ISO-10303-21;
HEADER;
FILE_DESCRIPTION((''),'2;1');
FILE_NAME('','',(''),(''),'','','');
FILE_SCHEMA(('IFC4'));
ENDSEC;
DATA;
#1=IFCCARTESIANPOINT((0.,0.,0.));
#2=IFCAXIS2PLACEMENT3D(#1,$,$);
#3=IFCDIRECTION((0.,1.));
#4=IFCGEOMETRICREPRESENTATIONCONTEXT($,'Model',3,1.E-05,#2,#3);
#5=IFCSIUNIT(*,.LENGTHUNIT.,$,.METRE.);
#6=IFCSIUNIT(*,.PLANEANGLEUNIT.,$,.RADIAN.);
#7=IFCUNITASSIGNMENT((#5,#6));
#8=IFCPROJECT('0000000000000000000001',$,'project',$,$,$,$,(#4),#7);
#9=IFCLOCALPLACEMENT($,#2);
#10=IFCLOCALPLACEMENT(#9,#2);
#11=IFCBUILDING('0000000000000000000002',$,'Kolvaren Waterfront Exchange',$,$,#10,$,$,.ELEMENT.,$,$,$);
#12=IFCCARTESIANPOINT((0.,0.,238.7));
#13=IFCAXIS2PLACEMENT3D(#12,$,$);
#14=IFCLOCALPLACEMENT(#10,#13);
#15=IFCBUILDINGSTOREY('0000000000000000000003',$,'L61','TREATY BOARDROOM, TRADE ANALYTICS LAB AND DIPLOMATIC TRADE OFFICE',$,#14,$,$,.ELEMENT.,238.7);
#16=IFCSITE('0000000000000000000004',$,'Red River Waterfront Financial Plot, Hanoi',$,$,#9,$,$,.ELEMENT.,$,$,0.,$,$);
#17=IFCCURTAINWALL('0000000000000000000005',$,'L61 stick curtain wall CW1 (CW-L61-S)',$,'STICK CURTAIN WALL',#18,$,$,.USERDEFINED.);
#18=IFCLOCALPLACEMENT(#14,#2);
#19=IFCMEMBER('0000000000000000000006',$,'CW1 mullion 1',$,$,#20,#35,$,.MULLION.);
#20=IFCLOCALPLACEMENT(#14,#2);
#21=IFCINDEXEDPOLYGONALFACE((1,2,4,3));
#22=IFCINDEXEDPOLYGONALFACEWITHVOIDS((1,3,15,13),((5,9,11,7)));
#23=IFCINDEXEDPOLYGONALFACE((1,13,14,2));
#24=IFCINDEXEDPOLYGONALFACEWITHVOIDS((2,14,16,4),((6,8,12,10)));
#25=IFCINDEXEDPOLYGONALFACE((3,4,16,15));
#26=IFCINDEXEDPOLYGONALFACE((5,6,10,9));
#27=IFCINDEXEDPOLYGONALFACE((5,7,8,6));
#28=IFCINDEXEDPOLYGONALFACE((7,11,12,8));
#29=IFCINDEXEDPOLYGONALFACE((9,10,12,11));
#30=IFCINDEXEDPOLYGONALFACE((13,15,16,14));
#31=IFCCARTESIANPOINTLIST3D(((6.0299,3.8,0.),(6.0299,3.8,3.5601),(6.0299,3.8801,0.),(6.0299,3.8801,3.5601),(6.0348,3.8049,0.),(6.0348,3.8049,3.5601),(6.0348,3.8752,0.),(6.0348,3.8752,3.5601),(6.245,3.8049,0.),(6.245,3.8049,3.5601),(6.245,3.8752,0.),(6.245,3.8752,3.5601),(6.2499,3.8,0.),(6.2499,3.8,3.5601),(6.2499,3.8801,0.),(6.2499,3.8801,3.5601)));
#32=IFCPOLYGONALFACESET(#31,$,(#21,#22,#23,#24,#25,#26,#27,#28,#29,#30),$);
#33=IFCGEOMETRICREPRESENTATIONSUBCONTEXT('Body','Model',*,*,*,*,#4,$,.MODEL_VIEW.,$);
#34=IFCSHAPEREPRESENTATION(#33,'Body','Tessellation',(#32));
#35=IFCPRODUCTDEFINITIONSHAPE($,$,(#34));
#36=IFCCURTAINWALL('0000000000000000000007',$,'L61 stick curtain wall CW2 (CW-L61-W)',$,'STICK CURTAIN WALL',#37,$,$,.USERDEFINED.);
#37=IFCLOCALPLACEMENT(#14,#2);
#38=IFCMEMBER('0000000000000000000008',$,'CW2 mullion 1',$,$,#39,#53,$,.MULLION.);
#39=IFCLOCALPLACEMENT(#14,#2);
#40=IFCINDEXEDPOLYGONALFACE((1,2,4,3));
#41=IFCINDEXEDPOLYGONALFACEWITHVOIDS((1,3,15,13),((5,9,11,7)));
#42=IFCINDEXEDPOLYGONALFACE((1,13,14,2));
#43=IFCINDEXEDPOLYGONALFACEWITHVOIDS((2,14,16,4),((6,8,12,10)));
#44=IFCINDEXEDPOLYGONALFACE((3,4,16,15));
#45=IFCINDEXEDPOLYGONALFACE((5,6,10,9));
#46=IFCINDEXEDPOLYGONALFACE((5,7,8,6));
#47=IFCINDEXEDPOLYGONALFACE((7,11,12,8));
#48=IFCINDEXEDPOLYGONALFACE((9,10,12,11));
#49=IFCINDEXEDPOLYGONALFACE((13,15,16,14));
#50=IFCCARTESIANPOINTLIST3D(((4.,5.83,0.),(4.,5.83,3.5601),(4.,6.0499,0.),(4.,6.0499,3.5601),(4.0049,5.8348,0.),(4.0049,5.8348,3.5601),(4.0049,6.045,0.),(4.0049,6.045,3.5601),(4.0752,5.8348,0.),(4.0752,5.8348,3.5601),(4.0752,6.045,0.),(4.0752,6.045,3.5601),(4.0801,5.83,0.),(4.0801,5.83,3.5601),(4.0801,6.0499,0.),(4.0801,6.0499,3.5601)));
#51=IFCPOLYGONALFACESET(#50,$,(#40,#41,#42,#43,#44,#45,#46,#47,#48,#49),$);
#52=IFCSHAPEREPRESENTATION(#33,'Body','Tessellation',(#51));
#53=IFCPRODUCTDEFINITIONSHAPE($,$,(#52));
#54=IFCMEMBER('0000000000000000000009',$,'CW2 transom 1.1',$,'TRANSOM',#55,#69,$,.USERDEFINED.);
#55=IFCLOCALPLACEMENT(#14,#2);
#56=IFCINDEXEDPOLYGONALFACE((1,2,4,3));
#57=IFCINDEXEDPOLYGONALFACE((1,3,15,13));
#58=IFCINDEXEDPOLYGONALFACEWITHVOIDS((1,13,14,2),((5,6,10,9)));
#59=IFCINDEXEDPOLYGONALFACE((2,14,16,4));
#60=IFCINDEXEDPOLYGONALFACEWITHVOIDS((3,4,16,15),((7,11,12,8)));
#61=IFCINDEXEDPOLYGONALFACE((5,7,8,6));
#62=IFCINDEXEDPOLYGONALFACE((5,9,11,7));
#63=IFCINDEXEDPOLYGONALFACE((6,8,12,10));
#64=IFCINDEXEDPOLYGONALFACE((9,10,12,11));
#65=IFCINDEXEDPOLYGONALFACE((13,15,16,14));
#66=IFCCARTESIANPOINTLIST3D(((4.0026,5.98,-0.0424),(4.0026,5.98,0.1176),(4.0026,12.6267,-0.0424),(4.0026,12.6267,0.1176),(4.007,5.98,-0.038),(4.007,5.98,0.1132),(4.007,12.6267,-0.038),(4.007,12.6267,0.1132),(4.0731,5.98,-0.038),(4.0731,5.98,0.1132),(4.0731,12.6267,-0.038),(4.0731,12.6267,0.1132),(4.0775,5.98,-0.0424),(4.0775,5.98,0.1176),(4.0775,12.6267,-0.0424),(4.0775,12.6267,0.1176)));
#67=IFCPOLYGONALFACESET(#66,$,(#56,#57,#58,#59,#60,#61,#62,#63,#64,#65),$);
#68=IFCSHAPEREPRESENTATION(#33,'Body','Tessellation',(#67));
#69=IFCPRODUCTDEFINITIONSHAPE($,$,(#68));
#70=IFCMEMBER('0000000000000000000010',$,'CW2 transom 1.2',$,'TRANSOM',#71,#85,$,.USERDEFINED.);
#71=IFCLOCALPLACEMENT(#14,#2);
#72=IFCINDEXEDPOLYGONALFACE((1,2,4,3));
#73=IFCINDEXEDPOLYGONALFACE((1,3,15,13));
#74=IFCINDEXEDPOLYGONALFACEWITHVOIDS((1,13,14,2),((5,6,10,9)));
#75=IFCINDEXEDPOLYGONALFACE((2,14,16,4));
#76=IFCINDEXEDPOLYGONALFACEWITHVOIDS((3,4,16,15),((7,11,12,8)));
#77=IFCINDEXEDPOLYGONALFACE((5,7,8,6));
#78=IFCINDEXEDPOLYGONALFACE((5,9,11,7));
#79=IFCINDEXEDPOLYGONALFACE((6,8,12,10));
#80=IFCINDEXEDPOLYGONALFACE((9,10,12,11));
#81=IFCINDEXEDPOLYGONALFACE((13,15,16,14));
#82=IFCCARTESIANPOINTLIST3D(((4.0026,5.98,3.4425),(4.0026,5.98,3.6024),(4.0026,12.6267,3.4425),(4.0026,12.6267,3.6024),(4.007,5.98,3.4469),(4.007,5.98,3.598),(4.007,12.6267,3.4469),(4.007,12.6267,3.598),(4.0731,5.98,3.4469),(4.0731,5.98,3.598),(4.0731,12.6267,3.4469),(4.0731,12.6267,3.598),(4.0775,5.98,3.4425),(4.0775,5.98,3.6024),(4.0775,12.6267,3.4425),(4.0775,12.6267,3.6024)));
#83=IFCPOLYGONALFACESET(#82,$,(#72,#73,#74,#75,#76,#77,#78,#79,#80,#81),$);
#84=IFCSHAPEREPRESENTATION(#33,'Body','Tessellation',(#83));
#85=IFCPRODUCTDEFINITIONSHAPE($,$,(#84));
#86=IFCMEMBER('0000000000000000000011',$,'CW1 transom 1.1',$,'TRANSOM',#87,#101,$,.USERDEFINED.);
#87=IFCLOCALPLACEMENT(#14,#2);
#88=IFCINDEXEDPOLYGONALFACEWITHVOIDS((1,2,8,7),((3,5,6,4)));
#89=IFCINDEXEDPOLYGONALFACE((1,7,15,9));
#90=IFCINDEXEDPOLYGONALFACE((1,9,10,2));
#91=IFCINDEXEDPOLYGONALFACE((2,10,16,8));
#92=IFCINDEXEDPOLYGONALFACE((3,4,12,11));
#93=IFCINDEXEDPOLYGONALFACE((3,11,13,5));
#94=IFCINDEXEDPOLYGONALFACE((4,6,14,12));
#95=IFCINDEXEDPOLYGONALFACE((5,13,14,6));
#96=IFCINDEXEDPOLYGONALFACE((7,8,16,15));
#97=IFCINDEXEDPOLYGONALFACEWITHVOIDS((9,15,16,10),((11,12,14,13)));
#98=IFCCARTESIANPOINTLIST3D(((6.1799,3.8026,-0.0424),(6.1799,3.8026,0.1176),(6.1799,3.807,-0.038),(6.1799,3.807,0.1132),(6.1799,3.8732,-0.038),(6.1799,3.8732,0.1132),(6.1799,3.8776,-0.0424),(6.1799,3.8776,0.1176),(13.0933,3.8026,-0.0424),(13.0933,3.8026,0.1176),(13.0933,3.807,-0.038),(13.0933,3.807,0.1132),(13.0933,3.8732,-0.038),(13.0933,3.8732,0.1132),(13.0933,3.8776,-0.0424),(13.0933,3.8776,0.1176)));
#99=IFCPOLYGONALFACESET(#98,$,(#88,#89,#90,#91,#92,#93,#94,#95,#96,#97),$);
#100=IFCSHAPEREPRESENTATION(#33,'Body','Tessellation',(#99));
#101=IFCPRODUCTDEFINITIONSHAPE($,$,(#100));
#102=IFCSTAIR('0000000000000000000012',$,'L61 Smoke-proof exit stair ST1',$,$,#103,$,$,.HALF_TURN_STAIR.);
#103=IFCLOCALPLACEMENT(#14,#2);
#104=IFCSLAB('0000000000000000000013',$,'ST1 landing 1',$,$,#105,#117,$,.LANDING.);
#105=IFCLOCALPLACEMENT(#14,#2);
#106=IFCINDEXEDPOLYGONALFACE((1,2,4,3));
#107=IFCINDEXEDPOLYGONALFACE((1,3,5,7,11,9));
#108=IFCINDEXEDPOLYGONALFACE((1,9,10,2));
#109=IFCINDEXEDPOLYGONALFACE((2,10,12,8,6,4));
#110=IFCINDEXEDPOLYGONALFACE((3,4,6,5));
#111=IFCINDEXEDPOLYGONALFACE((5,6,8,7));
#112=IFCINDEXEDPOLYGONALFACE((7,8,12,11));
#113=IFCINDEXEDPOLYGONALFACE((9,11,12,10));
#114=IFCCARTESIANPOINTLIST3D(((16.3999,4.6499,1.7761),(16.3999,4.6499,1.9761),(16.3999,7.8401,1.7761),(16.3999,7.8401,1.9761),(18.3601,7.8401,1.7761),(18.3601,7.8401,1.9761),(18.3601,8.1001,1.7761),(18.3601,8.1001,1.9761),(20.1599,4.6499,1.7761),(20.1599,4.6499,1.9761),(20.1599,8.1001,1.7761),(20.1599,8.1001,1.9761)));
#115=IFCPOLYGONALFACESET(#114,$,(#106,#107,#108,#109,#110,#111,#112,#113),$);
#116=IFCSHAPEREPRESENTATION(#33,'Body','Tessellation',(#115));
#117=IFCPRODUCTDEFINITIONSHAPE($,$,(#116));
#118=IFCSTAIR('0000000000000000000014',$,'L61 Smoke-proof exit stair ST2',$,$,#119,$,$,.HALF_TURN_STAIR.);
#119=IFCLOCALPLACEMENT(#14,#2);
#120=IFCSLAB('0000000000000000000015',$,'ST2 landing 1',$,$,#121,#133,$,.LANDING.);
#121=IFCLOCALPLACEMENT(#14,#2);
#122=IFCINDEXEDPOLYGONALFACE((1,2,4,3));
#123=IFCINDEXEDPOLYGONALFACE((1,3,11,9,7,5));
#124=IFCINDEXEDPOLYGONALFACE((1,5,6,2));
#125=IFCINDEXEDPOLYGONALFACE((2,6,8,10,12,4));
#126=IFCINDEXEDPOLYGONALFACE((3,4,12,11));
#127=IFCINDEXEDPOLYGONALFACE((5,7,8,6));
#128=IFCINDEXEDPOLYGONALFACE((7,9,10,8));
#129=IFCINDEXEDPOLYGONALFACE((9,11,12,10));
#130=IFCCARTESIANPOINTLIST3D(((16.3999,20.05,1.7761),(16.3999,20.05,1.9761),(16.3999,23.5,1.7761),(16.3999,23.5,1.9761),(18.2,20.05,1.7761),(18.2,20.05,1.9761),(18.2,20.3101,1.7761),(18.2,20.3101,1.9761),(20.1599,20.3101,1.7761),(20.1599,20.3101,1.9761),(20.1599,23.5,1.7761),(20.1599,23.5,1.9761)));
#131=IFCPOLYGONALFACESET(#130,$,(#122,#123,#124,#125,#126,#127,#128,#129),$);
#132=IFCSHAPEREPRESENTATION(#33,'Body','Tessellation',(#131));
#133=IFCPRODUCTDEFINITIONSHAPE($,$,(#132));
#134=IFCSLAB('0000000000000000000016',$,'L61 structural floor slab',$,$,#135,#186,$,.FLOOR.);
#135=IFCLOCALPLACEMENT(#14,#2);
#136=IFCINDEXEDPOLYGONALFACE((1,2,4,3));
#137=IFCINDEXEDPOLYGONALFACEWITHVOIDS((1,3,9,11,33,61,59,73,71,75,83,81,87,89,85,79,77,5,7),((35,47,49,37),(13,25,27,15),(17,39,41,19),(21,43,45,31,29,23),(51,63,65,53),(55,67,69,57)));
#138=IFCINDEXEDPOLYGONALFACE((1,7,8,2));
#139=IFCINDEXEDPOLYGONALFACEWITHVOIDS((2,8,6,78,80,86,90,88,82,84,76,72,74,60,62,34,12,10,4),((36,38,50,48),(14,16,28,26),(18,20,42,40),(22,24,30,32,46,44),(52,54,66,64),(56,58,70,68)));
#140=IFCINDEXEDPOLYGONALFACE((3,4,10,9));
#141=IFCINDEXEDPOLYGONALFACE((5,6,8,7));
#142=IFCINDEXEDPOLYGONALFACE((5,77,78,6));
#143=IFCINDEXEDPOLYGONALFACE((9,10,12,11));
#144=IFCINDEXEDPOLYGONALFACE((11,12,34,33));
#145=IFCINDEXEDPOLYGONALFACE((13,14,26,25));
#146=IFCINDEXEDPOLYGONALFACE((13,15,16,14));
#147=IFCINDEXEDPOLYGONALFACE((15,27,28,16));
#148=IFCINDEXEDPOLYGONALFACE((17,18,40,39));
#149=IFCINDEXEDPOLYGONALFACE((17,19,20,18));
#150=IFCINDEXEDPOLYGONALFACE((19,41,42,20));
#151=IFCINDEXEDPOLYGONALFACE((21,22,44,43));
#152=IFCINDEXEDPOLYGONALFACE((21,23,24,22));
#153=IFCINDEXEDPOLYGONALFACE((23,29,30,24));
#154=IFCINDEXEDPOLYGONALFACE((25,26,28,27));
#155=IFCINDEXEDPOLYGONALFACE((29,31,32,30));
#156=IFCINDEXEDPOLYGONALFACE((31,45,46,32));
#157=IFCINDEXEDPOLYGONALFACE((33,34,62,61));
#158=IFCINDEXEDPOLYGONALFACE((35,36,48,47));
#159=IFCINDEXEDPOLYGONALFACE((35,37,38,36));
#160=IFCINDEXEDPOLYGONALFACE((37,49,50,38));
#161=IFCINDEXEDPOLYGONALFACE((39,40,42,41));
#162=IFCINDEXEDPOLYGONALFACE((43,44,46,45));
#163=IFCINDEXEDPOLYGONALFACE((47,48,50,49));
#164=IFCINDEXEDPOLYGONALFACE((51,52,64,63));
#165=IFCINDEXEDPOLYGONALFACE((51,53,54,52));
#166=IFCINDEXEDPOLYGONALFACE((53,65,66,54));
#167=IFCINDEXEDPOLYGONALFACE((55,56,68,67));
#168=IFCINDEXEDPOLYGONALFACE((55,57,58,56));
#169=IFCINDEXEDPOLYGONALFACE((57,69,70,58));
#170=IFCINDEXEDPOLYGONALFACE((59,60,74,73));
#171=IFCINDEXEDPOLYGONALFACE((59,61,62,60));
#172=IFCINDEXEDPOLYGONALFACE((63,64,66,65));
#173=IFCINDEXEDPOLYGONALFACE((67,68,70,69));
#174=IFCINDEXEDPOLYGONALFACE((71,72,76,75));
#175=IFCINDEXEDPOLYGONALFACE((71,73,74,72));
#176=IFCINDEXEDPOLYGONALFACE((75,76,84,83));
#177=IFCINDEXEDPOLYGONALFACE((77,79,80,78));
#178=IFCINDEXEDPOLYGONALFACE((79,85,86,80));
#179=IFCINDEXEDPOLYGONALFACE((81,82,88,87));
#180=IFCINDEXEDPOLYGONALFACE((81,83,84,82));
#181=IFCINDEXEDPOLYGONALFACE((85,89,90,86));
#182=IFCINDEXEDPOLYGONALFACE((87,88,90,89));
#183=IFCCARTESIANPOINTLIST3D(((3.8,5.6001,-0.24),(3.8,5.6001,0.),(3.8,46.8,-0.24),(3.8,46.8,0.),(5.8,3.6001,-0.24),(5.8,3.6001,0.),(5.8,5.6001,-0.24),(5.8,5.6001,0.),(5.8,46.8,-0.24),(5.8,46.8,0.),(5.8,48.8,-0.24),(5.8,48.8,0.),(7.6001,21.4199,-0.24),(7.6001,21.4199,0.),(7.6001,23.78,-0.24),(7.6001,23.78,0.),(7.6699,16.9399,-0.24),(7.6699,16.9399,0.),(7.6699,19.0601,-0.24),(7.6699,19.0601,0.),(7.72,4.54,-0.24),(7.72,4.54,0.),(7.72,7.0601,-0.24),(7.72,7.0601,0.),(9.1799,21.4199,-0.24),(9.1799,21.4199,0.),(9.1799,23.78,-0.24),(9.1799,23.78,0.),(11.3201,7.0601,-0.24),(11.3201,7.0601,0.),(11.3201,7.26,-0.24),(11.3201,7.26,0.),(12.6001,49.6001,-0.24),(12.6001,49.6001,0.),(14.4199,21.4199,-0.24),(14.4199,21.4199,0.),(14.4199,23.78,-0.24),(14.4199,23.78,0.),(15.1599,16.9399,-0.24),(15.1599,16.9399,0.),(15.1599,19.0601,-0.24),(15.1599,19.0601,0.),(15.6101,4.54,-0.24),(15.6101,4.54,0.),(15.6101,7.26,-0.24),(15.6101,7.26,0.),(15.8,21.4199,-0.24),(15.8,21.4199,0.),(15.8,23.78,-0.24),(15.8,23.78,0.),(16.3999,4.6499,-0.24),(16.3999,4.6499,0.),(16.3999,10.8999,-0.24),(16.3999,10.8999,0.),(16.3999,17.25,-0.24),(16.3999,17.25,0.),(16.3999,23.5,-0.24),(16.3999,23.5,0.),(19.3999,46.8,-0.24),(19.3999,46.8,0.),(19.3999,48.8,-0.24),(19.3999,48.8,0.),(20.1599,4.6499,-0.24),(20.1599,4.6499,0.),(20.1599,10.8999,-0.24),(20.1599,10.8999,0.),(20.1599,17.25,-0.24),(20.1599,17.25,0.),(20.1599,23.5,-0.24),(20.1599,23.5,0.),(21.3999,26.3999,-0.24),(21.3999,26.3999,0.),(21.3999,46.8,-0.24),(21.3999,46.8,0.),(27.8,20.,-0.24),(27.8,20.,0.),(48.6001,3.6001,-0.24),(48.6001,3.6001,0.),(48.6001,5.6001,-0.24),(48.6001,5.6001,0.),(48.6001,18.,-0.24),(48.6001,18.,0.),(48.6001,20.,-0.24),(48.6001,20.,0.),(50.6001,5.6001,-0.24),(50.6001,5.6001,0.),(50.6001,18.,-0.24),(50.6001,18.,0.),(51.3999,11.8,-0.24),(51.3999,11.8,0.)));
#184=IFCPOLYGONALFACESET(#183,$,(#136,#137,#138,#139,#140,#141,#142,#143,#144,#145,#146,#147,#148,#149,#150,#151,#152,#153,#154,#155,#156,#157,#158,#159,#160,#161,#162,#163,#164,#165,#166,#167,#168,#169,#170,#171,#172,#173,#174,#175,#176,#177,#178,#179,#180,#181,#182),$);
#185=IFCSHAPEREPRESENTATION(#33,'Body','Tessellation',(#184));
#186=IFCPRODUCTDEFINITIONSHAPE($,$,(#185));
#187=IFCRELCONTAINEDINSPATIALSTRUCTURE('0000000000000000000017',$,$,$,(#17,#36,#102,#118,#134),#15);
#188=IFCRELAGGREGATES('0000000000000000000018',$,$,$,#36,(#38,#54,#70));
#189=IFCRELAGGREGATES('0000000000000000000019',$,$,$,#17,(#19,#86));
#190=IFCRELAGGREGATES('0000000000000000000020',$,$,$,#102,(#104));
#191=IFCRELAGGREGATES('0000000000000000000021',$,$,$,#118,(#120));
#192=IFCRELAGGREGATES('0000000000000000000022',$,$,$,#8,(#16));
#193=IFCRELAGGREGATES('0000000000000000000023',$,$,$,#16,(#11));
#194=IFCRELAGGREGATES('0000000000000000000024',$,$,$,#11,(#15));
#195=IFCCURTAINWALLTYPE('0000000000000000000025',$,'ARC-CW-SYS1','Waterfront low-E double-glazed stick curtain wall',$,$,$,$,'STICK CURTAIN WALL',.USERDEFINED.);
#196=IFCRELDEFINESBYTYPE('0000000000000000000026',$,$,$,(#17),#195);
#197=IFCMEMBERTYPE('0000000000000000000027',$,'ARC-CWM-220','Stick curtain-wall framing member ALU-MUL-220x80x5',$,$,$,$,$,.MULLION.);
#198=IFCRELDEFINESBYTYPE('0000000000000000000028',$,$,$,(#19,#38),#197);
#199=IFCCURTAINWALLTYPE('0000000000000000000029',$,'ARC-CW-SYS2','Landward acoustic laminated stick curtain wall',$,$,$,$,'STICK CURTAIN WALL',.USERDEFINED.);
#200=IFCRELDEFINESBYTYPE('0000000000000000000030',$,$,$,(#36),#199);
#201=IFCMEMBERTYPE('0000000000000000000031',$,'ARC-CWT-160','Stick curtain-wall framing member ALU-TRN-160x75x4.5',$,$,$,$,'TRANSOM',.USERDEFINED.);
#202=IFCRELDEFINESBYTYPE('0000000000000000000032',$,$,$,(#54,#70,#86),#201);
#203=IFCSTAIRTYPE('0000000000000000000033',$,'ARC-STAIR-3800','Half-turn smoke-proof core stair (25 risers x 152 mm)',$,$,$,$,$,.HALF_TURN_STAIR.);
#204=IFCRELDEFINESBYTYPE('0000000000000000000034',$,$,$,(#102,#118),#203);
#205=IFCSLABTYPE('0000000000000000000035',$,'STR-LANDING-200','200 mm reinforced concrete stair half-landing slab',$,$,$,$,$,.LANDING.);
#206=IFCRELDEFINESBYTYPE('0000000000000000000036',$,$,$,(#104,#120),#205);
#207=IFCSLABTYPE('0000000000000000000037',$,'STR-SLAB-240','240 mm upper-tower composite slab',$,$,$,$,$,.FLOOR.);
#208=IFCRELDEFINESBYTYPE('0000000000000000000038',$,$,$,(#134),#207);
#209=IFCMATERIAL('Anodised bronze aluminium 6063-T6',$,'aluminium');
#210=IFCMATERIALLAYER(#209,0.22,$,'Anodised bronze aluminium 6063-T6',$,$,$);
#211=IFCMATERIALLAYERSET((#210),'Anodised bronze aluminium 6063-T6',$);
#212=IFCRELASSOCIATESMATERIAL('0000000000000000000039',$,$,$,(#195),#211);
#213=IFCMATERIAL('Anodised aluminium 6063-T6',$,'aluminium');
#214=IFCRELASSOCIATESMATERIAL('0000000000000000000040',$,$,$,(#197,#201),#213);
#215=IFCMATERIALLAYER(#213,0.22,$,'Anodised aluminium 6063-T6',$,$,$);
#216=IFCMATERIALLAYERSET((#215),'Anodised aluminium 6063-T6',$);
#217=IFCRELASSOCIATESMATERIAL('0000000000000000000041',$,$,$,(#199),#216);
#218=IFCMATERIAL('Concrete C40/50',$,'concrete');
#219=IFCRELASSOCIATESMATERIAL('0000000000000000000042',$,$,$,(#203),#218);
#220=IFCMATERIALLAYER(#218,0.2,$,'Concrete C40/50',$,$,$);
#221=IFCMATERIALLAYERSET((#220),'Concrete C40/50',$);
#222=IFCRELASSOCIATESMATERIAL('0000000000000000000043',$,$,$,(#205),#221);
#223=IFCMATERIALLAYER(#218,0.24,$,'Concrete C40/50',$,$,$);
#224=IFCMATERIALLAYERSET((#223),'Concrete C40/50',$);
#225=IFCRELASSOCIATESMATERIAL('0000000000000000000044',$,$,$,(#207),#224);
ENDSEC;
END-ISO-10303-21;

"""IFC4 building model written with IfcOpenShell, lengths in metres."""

from ifc_helpers import new_model, si_unit, direction, frame, origin, origin_with_axes, origin_2d, place, context, subcontext, project, spatial, polyline, hollow_rectangle, outline, extrude, source, transform, mapped, material, layer, layer_set, material_profile, profile_set, type_object, element, aggregate, save


model = new_model("IFC4")

# Units and contexts
model_context = context("Model", 3, precision=1e-05, world=origin(), true_north=direction((0.0, 1.0)))
body_context = subcontext(model_context, "Body", "Model", "MODEL_VIEW")
ifc_project = project(units=[si_unit("LENGTHUNIT", "METRE"), si_unit("PLANEANGLEUNIT", "RADIAN")], contexts=[model_context])

# Site, building, storey
site_placement = place(None, origin())
site = spatial("IfcSite", under=ifc_project, at=site_placement, Name="Red River Waterfront Financial Plot, Hanoi", CompositionType="ELEMENT", RefElevation=0.0)
building_placement = place(site_placement, origin())
building = spatial("IfcBuilding", under=site, at=building_placement, Name="Kolvaren Waterfront Exchange", CompositionType="ELEMENT")
storey_placement = place(building_placement, frame((0.0, 0.0, 238.7)))
storey = spatial("IfcBuildingStorey", under=building, at=storey_placement, Name="L61", Description="TREATY BOARDROOM, TRADE ANALYTICS LAB AND DIPLOMATIC TRADE OFFICE", CompositionType="ELEMENT", Elevation=238.7)

# Curtain wall, member
ifc_material_1 = material(Name="Anodised bronze aluminium 6063-T6", Category="aluminium")
ifc_layer_1 = layer(ifc_material_1, 0.22, Name="Anodised bronze aluminium 6063-T6")
ifc_layer_set_1 = layer_set([ifc_layer_1], Name="Anodised bronze aluminium 6063-T6")
curtain_wall_type_1 = type_object("IfcCurtainWallType", Name="ARC-CW-SYS1", Description="Waterfront low-E double-glazed stick curtain wall", ElementType="STICK CURTAIN WALL", PredefinedType="USERDEFINED", material=ifc_layer_set_1)
curtain_wall_1_placement = place(storey_placement, origin())
curtain_wall_1 = element("IfcCurtainWall", 1, at=curtain_wall_1_placement, inside=storey, type_object=curtain_wall_type_1, Name="L61 stick curtain wall CW1 (CW-L61-S)", ObjectType="STICK CURTAIN WALL", PredefinedType="USERDEFINED")
ifc_material_2 = material(Name="Anodised aluminium 6063-T6", Category="aluminium")
ifc_material_profile_1 = material_profile(ifc_material_2, hollow_rectangle(XDim=0.0801, YDim=0.22, WallThickness=0.0049, at=origin_2d()), Name="ALU-MUL-220x80x5")
ifc_profile_set_1 = profile_set([ifc_material_profile_1], Name="Anodised aluminium 6063-T6")
member_type_1 = type_object("IfcMemberType", Name="ARC-CWM-220", Description="Stick curtain-wall framing member ALU-MUL-220x80x5", PredefinedType="MULLION", material=ifc_profile_set_1)
shared_shape_1 = source(origin_with_axes(), body_context, "Body", "SweptSolid", [
    extrude(hollow_rectangle(XDim=0.0801, YDim=0.22, WallThickness=0.0049, at=origin_2d()), origin(), (0.0, 0.0, 1.0), 3.5601),
])
member_1_placement = place(storey_placement, frame((6.1399, 3.8401, 0.0), z_axis=(0.0, 0.0, 1.0), x_axis=(0.0, 1.0, 0.0)))
member_1 = element("IfcMember", 2, at=member_1_placement, type_object=member_type_1, Name="CW1 mullion 1", PredefinedType="MULLION", context=body_context, shape_type="MappedRepresentation", body=[
    mapped(shared_shape_1, transform((0.0, 0.0, 0.0), x_axis=(1.0, 0.0, 0.0), y_axis=(0.0, 1.0, 0.0), z_axis=(0.0, 0.0, 1.0), scale=1.0)),
])

# Curtain wall, members
ifc_layer_2 = layer(ifc_material_2, 0.22, Name="Anodised aluminium 6063-T6")
ifc_layer_set_2 = layer_set([ifc_layer_2], Name="Anodised aluminium 6063-T6")
curtain_wall_type_2 = type_object("IfcCurtainWallType", Name="ARC-CW-SYS2", Description="Landward acoustic laminated stick curtain wall", ElementType="STICK CURTAIN WALL", PredefinedType="USERDEFINED", material=ifc_layer_set_2)
curtain_wall_2_placement = place(storey_placement, origin())
curtain_wall_2 = element("IfcCurtainWall", 3, at=curtain_wall_2_placement, inside=storey, type_object=curtain_wall_type_2, Name="L61 stick curtain wall CW2 (CW-L61-W)", ObjectType="STICK CURTAIN WALL", PredefinedType="USERDEFINED")
member_2_placement = place(storey_placement, frame((4.04, 5.9399, 0.0), z_axis=(0.0, 0.0, 1.0), x_axis=(-1.0, 0.0, 0.0)))
member_2 = element("IfcMember", 4, at=member_2_placement, type_object=member_type_1, Name="CW2 mullion 1", PredefinedType="MULLION", context=body_context, shape_type="MappedRepresentation", body=[
    mapped(shared_shape_1, transform((0.0, 0.0, 0.0), x_axis=(1.0, 0.0, 0.0), y_axis=(0.0, 1.0, 0.0), z_axis=(0.0, 0.0, 1.0), scale=1.0)),
])
ifc_material_profile_2 = material_profile(ifc_material_2, hollow_rectangle(XDim=0.075, YDim=0.1599, WallThickness=0.0044, at=origin_2d()), Name="ALU-TRN-160x75x4.5")
ifc_profile_set_2 = profile_set([ifc_material_profile_2], Name="Anodised aluminium 6063-T6")
member_type_2 = type_object("IfcMemberType", Name="ARC-CWT-160", Description="Stick curtain-wall framing member ALU-TRN-160x75x4.5", ElementType="TRANSOM", PredefinedType="USERDEFINED", material=ifc_profile_set_2)
shared_shape_2 = source(origin_with_axes(), body_context, "Body", "SweptSolid", [
    extrude(hollow_rectangle(XDim=0.075, YDim=0.1599, WallThickness=0.0044, at=origin_2d()), origin(), (0.0, 0.0, 1.0), 6.6467),
])
member_3_placement = place(storey_placement, frame((4.04, 5.98, 0.0376), z_axis=(0.0, 1.0, 0.0), x_axis=(-1.0, 0.0, 0.0)))
member_3 = element("IfcMember", 5, at=member_3_placement, type_object=member_type_2, Name="CW2 transom 1.1", ObjectType="TRANSOM", PredefinedType="USERDEFINED", context=body_context, shape_type="MappedRepresentation", body=[
    mapped(shared_shape_2, transform((0.0, 0.0, 0.0), x_axis=(1.0, 0.0, 0.0), y_axis=(0.0, 1.0, 0.0), z_axis=(0.0, 0.0, 1.0), scale=1.0)),
])
member_4_placement = place(storey_placement, frame((4.04, 5.98, 3.5225), z_axis=(0.0, 1.0, 0.0), x_axis=(-1.0, 0.0, 0.0)))
member_4 = element("IfcMember", 6, at=member_4_placement, type_object=member_type_2, Name="CW2 transom 1.2", ObjectType="TRANSOM", PredefinedType="USERDEFINED", context=body_context, shape_type="MappedRepresentation", body=[
    mapped(shared_shape_2, transform((0.0, 0.0, 0.0), x_axis=(1.0, 0.0, 0.0), y_axis=(0.0, 1.0, 0.0), z_axis=(0.0, 0.0, 1.0), scale=1.0)),
])
aggregate(curtain_wall_2, [member_2, member_3, member_4])

# Member
shared_shape_3 = source(origin_with_axes(), body_context, "Body", "SweptSolid", [
    extrude(hollow_rectangle(XDim=0.075, YDim=0.1599, WallThickness=0.0044, at=origin_2d()), origin(), (0.0, 0.0, 1.0), 6.9133),
])
member_5_placement = place(storey_placement, frame((6.1799, 3.8401, 0.0376), z_axis=(1.0, 0.0, 0.0), x_axis=(0.0, 1.0, 0.0)))
member_5 = element("IfcMember", 7, at=member_5_placement, type_object=member_type_2, Name="CW1 transom 1.1", ObjectType="TRANSOM", PredefinedType="USERDEFINED", context=body_context, shape_type="MappedRepresentation", body=[
    mapped(shared_shape_3, transform((0.0, 0.0, 0.0), x_axis=(1.0, 0.0, 0.0), y_axis=(0.0, 1.0, 0.0), z_axis=(0.0, 0.0, 1.0), scale=1.0)),
])
aggregate(curtain_wall_1, [member_1, member_5])

# Stairs, slabs
ifc_material_3 = material(Name="Concrete C40/50", Category="concrete")
stair_type = type_object("IfcStairType", Name="ARC-STAIR-3800", Description="Half-turn smoke-proof core stair (25 risers x 152 mm)", PredefinedType="HALF_TURN_STAIR", material=ifc_material_3)
stair_1_placement = place(storey_placement, origin())
stair_1 = element("IfcStair", 8, at=stair_1_placement, inside=storey, type_object=stair_type, Name="L61 Smoke-proof exit stair ST1", PredefinedType="HALF_TURN_STAIR")
ifc_layer_3 = layer(ifc_material_3, 0.2, Name="Concrete C40/50")
ifc_layer_set_3 = layer_set([ifc_layer_3], Name="Concrete C40/50")
slab_type_1 = type_object("IfcSlabType", Name="STR-LANDING-200", Description="200 mm reinforced concrete stair half-landing slab", PredefinedType="LANDING", material=ifc_layer_set_3)
slab_1_placement = place(storey_placement, frame((0.0, 0.0, 1.7761)))
slab_1 = element("IfcSlab", 9, at=slab_1_placement, type_object=slab_type_1, Name="ST1 landing 1", PredefinedType="LANDING", context=body_context, shape_type="SweptSolid", body=[
    extrude(outline(polyline([(16.3999, 7.8401), (16.3999, 4.6499), (20.1599, 4.6499), (20.1599, 8.1001), (18.3601, 8.1001), (18.3601, 7.8401), (16.3999, 7.8401)])), origin(), (0.0, 0.0, 1.0), 0.2),
])
aggregate(stair_1, [slab_1])
stair_2_placement = place(storey_placement, origin())
stair_2 = element("IfcStair", 10, at=stair_2_placement, inside=storey, type_object=stair_type, Name="L61 Smoke-proof exit stair ST2", PredefinedType="HALF_TURN_STAIR")
slab_2_placement = place(storey_placement, frame((0.0, 0.0, 1.7761)))
slab_2 = element("IfcSlab", 11, at=slab_2_placement, type_object=slab_type_1, Name="ST2 landing 1", PredefinedType="LANDING", context=body_context, shape_type="SweptSolid", body=[
    extrude(outline(polyline([(20.1599, 20.3101), (20.1599, 23.5), (16.3999, 23.5), (16.3999, 20.05), (18.2, 20.05), (18.2, 20.3101), (20.1599, 20.3101)])), origin(), (0.0, 0.0, 1.0), 0.2),
])
aggregate(stair_2, [slab_2])

# Slab
ifc_layer_4 = layer(ifc_material_3, 0.24, Name="Concrete C40/50")
ifc_layer_set_4 = layer_set([ifc_layer_4], Name="Concrete C40/50")
slab_type_2 = type_object("IfcSlabType", Name="STR-SLAB-240", Description="240 mm upper-tower composite slab", PredefinedType="FLOOR", material=ifc_layer_set_4)
slab_3_placement = place(storey_placement, frame((0.0, 0.0, -0.24)))
element("IfcSlab", 12, at=slab_3_placement, inside=storey, type_object=slab_type_2, Name="L61 structural floor slab", PredefinedType="FLOOR", context=body_context, shape_type="SweptSolid", body=[
    extrude(outline(polyline([(5.8, 3.6001), (48.6001, 3.6001), (48.6001, 5.6001), (50.6001, 5.6001), (51.3999, 11.8), (50.6001, 18.0), (48.6001, 18.0), (48.6001, 20.0), (27.8, 20.0), (21.3999, 26.3999), (21.3999, 46.8), (19.3999, 46.8), (19.3999, 48.8), (12.6001, 49.6001), (5.8, 48.8), (5.8, 46.8), (3.8, 46.8), (3.8, 5.6001), (5.8, 5.6001), (5.8, 3.6001)]), holes=[polyline([(11.3201, 7.26), (15.6101, 7.26), (15.6101, 4.54), (7.72, 4.54), (7.72, 7.0601), (11.3201, 7.0601), (11.3201, 7.26)]), polyline([(20.1599, 10.8999), (20.1599, 4.6499), (16.3999, 4.6499), (16.3999, 10.8999), (20.1599, 10.8999)]), polyline([(7.6699, 19.0601), (15.1599, 19.0601), (15.1599, 16.9399), (7.6699, 16.9399), (7.6699, 19.0601)]), polyline([(16.3999, 17.25), (16.3999, 23.5), (20.1599, 23.5), (20.1599, 17.25), (16.3999, 17.25)]), polyline([(7.6001, 23.78), (9.1799, 23.78), (9.1799, 21.4199), (7.6001, 21.4199), (7.6001, 23.78)]), polyline([(14.4199, 23.78), (15.8, 23.78), (15.8, 21.4199), (14.4199, 21.4199), (14.4199, 23.78)])]), origin(), (0.0, 0.0, 1.0), 0.24),
])

save(model, "model.ifc")
